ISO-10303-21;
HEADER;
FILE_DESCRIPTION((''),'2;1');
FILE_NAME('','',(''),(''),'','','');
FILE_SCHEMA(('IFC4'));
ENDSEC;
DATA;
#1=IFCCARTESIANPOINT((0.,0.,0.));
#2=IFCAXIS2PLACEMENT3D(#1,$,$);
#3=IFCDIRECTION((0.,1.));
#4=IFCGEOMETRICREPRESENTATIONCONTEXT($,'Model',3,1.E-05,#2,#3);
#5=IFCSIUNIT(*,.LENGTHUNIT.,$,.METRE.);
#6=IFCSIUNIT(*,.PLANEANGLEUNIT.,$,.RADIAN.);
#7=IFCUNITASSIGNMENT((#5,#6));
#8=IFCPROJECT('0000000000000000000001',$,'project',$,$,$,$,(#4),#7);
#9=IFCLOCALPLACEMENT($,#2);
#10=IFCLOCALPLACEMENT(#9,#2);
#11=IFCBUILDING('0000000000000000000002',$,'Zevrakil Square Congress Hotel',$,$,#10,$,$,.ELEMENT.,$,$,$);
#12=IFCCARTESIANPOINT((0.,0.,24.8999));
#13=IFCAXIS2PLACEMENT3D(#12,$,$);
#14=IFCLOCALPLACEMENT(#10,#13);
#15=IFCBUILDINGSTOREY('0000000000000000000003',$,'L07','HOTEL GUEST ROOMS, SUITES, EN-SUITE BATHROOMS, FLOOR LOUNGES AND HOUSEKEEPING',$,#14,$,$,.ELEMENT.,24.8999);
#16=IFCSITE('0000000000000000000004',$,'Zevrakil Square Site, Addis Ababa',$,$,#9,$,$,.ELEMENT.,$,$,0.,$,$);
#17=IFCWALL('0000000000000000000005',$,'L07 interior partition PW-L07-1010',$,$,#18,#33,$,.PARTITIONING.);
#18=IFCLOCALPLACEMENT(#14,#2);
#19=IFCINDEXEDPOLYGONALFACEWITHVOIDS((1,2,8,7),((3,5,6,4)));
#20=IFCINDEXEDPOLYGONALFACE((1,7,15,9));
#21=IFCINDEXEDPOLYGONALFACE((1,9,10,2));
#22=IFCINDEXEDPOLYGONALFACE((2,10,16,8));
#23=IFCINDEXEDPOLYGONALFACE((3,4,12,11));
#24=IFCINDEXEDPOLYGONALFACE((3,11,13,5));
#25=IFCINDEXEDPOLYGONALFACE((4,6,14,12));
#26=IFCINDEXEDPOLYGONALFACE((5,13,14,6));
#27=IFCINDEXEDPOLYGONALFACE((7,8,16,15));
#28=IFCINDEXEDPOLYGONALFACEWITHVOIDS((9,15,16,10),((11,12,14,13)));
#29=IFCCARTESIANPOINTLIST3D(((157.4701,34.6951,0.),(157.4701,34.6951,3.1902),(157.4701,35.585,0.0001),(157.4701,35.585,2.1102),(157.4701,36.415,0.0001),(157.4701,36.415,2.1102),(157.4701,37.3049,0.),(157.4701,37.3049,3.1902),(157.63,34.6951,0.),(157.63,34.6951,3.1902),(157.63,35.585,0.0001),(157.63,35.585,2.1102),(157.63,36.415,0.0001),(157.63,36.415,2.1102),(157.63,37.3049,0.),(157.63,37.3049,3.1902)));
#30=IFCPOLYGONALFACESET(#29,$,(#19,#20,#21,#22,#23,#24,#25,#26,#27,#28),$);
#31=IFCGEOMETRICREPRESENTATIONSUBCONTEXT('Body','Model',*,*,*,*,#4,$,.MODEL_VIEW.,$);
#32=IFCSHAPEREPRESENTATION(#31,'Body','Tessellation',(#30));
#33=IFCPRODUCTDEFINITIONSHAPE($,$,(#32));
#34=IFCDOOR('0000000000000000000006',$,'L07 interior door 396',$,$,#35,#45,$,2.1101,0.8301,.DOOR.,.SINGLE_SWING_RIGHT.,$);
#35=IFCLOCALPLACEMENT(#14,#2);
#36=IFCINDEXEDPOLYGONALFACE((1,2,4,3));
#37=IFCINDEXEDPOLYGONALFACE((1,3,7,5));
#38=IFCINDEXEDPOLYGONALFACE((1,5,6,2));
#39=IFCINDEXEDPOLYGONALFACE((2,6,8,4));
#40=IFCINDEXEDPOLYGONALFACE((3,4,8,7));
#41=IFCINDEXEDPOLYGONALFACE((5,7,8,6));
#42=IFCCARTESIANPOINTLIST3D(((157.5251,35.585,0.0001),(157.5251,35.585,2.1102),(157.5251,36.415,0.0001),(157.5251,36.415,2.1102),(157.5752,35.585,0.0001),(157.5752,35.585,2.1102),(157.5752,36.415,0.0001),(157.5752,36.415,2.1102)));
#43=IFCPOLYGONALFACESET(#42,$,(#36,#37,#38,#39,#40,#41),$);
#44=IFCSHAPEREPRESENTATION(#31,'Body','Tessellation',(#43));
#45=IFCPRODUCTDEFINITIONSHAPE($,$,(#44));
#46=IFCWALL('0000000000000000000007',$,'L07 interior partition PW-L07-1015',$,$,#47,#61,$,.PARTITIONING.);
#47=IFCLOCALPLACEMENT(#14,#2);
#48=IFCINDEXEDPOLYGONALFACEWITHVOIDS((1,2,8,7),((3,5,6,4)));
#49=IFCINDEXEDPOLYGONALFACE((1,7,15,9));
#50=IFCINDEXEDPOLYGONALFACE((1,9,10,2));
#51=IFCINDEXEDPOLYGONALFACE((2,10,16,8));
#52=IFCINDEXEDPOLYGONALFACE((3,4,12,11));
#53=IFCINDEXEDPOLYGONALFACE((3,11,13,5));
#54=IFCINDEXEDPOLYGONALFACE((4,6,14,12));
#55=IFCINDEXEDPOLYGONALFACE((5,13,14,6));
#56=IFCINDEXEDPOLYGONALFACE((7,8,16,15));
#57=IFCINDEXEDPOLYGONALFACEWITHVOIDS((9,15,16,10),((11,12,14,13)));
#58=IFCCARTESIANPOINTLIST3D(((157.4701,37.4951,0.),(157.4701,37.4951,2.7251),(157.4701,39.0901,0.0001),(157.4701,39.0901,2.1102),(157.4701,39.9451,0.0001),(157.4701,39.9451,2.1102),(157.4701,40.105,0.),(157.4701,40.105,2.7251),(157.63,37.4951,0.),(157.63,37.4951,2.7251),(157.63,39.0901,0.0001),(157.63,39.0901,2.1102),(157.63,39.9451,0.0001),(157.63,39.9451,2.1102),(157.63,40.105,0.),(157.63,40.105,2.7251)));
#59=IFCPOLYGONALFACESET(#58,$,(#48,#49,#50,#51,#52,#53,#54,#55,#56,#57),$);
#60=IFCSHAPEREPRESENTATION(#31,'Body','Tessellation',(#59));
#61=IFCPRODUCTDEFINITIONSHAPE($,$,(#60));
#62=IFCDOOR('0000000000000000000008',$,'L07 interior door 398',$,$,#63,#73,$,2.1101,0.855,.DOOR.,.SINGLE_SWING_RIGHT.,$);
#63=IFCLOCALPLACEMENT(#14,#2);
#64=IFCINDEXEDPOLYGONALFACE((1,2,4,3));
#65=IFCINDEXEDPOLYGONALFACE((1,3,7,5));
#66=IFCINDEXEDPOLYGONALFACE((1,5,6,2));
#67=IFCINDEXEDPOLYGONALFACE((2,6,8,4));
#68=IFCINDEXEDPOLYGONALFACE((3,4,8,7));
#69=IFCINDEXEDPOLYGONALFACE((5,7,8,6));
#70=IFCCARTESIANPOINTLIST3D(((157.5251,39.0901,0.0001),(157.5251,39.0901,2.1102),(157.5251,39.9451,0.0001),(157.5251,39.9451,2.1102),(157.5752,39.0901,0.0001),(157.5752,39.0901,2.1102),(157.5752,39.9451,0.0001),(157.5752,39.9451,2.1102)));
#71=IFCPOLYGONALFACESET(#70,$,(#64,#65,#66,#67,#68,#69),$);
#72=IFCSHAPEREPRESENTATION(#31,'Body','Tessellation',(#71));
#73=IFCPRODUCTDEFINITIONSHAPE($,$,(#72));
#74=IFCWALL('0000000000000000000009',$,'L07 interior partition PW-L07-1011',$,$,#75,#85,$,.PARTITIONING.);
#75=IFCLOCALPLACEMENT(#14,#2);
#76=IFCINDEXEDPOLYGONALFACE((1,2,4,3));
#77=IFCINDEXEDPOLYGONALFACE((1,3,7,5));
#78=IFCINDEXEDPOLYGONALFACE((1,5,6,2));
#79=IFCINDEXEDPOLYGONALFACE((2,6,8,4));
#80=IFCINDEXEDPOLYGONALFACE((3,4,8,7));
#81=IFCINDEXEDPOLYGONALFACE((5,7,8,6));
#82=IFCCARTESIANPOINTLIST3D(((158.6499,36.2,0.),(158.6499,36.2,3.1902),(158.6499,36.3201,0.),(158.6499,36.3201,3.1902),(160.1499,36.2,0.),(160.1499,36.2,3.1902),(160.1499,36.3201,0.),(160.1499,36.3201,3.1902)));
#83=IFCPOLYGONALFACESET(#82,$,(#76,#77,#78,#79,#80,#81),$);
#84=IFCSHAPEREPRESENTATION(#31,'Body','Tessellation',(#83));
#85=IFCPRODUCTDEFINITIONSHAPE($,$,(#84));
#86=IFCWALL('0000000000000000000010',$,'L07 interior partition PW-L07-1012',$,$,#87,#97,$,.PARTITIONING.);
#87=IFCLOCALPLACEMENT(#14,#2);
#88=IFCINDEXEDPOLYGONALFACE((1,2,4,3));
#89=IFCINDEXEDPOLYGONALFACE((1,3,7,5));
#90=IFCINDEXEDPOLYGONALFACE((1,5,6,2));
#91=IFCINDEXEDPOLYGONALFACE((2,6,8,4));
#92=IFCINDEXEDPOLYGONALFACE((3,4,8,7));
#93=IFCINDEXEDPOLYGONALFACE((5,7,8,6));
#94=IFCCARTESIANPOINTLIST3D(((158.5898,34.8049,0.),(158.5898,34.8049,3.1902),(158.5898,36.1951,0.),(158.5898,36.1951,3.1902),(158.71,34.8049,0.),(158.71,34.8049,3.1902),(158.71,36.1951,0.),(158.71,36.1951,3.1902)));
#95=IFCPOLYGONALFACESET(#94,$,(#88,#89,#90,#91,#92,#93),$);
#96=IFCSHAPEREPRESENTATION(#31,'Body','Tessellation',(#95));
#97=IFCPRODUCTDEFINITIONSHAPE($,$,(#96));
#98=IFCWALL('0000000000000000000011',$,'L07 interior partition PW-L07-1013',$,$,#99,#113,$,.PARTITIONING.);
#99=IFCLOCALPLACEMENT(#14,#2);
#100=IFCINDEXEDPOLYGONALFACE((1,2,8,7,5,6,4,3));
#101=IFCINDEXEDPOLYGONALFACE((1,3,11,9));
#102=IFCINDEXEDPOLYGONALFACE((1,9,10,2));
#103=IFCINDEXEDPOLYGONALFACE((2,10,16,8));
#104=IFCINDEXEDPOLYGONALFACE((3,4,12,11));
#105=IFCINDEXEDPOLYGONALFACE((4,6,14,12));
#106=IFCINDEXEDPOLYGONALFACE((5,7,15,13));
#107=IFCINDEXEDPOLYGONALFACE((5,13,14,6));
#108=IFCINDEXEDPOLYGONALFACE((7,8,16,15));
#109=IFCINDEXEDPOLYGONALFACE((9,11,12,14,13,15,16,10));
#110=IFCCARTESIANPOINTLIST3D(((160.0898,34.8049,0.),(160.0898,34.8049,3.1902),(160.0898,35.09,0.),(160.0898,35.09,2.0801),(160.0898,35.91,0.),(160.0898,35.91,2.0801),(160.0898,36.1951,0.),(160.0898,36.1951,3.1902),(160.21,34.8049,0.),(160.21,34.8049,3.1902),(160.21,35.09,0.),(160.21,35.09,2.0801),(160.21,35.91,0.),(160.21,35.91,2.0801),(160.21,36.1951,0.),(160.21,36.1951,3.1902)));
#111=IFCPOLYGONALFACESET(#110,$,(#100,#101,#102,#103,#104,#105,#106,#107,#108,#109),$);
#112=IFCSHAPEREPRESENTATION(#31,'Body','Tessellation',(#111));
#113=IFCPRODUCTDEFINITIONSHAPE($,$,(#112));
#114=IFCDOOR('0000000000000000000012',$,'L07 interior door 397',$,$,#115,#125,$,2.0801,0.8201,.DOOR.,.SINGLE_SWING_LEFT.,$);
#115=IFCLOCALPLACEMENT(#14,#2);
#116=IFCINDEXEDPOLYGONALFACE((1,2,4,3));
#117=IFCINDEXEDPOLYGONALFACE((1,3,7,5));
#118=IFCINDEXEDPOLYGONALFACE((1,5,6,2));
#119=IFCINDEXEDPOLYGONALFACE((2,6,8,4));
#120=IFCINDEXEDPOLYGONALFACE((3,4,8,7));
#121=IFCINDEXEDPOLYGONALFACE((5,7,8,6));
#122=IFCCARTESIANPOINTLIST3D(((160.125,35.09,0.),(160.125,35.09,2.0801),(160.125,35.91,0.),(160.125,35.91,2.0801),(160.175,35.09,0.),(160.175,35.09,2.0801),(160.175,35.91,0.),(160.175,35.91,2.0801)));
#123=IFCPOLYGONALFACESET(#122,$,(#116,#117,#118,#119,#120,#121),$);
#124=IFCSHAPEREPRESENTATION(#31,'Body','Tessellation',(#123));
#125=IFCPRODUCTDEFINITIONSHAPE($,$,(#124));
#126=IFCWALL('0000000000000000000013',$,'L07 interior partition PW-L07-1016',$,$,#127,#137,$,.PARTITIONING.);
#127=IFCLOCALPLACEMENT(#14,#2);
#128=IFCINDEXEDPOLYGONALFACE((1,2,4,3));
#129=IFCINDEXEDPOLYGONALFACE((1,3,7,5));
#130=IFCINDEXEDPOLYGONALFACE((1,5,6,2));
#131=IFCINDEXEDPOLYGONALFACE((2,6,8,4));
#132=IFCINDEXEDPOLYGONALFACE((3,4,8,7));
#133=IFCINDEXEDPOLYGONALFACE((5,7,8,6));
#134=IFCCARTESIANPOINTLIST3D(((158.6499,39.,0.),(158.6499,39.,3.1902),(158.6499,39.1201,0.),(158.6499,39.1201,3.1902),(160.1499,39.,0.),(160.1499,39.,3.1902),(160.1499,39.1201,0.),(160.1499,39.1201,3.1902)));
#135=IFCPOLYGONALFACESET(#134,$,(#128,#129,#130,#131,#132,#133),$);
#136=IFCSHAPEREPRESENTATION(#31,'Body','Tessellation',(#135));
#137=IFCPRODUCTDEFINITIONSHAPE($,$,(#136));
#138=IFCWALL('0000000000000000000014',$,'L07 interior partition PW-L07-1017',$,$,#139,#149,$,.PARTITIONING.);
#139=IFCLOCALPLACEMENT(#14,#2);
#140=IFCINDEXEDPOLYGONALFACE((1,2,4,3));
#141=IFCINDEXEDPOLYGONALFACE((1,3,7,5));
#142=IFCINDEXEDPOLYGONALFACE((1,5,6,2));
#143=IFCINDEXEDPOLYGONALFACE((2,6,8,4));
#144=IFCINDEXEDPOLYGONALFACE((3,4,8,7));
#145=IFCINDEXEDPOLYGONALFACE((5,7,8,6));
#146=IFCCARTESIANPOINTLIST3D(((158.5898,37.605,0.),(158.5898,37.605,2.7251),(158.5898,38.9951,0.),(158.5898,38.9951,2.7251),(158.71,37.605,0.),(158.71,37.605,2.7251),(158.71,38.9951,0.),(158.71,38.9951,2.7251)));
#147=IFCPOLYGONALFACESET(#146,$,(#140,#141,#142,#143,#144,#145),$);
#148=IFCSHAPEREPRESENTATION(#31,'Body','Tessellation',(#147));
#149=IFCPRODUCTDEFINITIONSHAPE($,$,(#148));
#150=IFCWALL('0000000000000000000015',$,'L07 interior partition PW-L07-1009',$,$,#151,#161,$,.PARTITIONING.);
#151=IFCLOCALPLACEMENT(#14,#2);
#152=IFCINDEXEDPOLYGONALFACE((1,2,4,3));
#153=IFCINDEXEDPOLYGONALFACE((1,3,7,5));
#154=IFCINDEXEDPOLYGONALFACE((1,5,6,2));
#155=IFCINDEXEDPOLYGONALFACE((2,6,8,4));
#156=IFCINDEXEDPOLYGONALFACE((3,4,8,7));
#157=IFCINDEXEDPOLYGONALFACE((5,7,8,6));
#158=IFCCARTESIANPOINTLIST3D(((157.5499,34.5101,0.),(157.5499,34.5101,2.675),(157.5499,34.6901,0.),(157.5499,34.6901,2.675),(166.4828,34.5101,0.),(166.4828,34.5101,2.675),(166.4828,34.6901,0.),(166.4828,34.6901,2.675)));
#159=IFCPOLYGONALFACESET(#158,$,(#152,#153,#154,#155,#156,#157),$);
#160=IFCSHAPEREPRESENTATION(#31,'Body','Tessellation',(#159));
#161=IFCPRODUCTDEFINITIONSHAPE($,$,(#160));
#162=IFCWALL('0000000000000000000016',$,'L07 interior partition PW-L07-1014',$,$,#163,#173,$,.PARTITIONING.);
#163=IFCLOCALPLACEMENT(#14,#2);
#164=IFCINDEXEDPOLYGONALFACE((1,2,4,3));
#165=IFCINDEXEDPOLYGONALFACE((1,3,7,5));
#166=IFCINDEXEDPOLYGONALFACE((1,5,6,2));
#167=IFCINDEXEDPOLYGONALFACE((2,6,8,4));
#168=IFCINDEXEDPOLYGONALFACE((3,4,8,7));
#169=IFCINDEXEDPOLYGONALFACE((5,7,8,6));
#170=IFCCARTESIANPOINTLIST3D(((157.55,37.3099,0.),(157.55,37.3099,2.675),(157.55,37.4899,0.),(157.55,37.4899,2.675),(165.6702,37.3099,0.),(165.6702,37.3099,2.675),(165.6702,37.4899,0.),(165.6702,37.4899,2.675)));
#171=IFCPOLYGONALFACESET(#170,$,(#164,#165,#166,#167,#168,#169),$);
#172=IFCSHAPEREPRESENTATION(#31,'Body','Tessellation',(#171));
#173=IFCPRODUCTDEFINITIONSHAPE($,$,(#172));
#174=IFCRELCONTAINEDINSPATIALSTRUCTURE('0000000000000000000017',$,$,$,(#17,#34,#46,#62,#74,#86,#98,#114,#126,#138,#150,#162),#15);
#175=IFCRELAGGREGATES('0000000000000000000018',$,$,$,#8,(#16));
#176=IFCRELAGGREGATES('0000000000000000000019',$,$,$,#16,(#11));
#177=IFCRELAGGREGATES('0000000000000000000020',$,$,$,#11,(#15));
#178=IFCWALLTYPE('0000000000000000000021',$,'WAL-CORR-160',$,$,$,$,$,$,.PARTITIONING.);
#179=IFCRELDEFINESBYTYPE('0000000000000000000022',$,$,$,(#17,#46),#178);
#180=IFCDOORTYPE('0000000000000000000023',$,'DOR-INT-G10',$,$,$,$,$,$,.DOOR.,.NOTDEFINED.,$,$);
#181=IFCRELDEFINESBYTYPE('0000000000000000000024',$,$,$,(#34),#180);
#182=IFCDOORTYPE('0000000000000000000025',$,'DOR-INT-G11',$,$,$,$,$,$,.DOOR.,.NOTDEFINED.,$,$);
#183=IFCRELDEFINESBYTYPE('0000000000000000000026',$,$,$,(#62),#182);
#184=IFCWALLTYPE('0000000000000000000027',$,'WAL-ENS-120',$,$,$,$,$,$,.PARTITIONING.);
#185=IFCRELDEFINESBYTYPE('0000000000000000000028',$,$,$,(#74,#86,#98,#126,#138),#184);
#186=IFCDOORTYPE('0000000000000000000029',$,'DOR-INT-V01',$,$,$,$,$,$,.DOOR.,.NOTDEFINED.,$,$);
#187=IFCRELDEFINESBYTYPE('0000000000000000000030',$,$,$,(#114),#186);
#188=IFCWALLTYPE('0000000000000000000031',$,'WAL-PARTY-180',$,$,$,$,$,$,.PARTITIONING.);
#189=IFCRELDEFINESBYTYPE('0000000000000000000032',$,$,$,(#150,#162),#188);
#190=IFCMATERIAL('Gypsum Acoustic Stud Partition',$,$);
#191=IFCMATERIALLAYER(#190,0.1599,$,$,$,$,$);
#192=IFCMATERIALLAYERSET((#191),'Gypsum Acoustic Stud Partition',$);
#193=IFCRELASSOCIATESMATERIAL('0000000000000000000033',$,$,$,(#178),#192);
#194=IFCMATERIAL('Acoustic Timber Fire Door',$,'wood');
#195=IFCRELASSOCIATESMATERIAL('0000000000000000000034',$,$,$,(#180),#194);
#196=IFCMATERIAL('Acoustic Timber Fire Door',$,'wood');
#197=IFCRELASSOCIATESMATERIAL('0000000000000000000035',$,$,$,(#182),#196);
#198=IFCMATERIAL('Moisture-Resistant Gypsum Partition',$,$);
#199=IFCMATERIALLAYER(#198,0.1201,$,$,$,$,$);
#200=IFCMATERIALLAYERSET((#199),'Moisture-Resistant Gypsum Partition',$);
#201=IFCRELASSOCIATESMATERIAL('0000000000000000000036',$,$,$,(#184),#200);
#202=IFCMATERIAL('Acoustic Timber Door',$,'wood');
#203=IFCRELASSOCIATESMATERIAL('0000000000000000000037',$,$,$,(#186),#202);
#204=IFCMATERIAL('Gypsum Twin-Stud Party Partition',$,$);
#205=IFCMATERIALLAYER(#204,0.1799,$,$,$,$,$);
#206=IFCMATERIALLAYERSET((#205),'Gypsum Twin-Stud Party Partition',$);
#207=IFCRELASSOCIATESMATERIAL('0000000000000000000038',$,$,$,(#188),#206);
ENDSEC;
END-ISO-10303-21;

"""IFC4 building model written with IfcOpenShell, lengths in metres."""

from ifc_helpers import new_model, si_unit, direction, frame, frame_2d, origin, place, context, subcontext, project, spatial, rectangle, extrude, material, layer, layer_set, type_object, element, fill, save


model = new_model("IFC4")

# Units and contexts
model_context = context("Model", 3, precision=1e-05, world=origin(), true_north=direction((0.0, 1.0)))
body_context = subcontext(model_context, "Body", "Model", "MODEL_VIEW")
ifc_project = project(units=[si_unit("LENGTHUNIT", "METRE"), si_unit("PLANEANGLEUNIT", "RADIAN")], contexts=[model_context])

# Site, building, storey
site_placement = place(None, origin())
site = spatial("IfcSite", under=ifc_project, at=site_placement, Name="Zevrakil Square Site, Addis Ababa", CompositionType="ELEMENT", RefElevation=0.0)
building_placement = place(site_placement, origin())
building = spatial("IfcBuilding", under=site, at=building_placement, Name="Zevrakil Square Congress Hotel", CompositionType="ELEMENT")
storey_placement = place(building_placement, frame((0.0, 0.0, 24.8999)))
storey = spatial("IfcBuildingStorey", under=building, at=storey_placement, Name="L07", Description="HOTEL GUEST ROOMS, SUITES, EN-SUITE BATHROOMS, FLOOR LOUNGES AND HOUSEKEEPING", CompositionType="ELEMENT", Elevation=24.8999)

# Walls, openings, doors
ifc_material_1 = material(Name="Gypsum Acoustic Stud Partition")
ifc_layer_1 = layer(ifc_material_1, 0.1599)
ifc_layer_set_1 = layer_set([ifc_layer_1], Name="Gypsum Acoustic Stud Partition")
wall_type_1 = type_object("IfcWallType", Name="WAL-CORR-160", PredefinedType="PARTITIONING", material=ifc_layer_set_1)
wall_1_placement = place(storey_placement, frame((157.55, 34.6951, 0.0), z_axis=(0.0, 0.0, 1.0), x_axis=(0.0, 1.0, 0.0)))
wall_1 = element("IfcWall", 1, at=wall_1_placement, inside=storey, type_object=wall_type_1, Name="L07 interior partition PW-L07-1010", PredefinedType="PARTITIONING", context=body_context, shape_type="SweptSolid", body=[
    extrude(rectangle(XDim=2.6099, YDim=0.1599, at=frame_2d((1.3049, 0.0))), origin(), (0.0, 0.0, 1.0), 3.1902),
])
opening_1_placement = place(wall_1_placement, frame((0.8899, 0.0, 0.0)))
opening_1 = element("IfcOpeningElement", 2, at=opening_1_placement, cuts=wall_1, PredefinedType="OPENING", context=body_context, shape_type="SweptSolid", body=[
    extrude(rectangle(XDim=0.8301, YDim=2.1101, at=frame_2d((0.415, 1.0552))), frame((0.0, 0.0898, 0.0), z_axis=(0.0, -1.0, 0.0), x_axis=(1.0, 0.0, 0.0)), (0.0, 0.0, 1.0), 0.1799),
])
ifc_material_2 = material(Name="Acoustic Timber Fire Door", Category="wood")
door_type_1 = type_object("IfcDoorType", Name="DOR-INT-G10", OperationType="NOTDEFINED", PredefinedType="DOOR", material=ifc_material_2)
door_1_placement = place(opening_1_placement, origin())
door_1 = element("IfcDoor", 3, at=door_1_placement, inside=storey, type_object=door_type_1, Name="L07 interior door 396", OperationType="SINGLE_SWING_RIGHT", OverallHeight=2.1101, OverallWidth=0.8301, PredefinedType="DOOR", context=body_context, shape_type="SweptSolid", body=[
    extrude(rectangle(XDim=0.8301, YDim=2.1101, at=frame_2d((0.415, 1.0552))), frame((0.0, 0.0249, 0.0), z_axis=(0.0, -1.0, 0.0), x_axis=(1.0, 0.0, 0.0)), (0.0, 0.0, 1.0), 0.05),
])
fill(opening_1, door_1)
wall_2_placement = place(storey_placement, frame((157.55, 37.4951, 0.0), z_axis=(0.0, 0.0, 1.0), x_axis=(0.0, 1.0, 0.0)))
wall_2 = element("IfcWall", 4, at=wall_2_placement, inside=storey, type_object=wall_type_1, Name="L07 interior partition PW-L07-1015", PredefinedType="PARTITIONING", context=body_context, shape_type="SweptSolid", body=[
    extrude(rectangle(XDim=2.6099, YDim=0.1599, at=frame_2d((1.3049, 0.0))), origin(), (0.0, 0.0, 1.0), 2.7251),
])
opening_2_placement = place(wall_2_placement, frame((1.595, 0.0, 0.0)))
opening_2 = element("IfcOpeningElement", 5, at=opening_2_placement, cuts=wall_2, PredefinedType="OPENING", context=body_context, shape_type="SweptSolid", body=[
    extrude(rectangle(XDim=0.855, YDim=2.1101, at=frame_2d((0.4275, 1.0552))), frame((0.0, 0.0898, 0.0), z_axis=(0.0, -1.0, 0.0), x_axis=(1.0, 0.0, 0.0)), (0.0, 0.0, 1.0), 0.1799),
])
ifc_material_3 = material(Name="Acoustic Timber Fire Door", Category="wood")
door_type_2 = type_object("IfcDoorType", Name="DOR-INT-G11", OperationType="NOTDEFINED", PredefinedType="DOOR", material=ifc_material_3)
door_2_placement = place(opening_2_placement, origin())
door_2 = element("IfcDoor", 6, at=door_2_placement, inside=storey, type_object=door_type_2, Name="L07 interior door 398", OperationType="SINGLE_SWING_RIGHT", OverallHeight=2.1101, OverallWidth=0.855, PredefinedType="DOOR", context=body_context, shape_type="SweptSolid", body=[
    extrude(rectangle(XDim=0.855, YDim=2.1101, at=frame_2d((0.4275, 1.0552))), frame((0.0, 0.0249, 0.0), z_axis=(0.0, -1.0, 0.0), x_axis=(1.0, 0.0, 0.0)), (0.0, 0.0, 1.0), 0.05),
])
fill(opening_2, door_2)

# Walls
ifc_material_4 = material(Name="Moisture-Resistant Gypsum Partition")
ifc_layer_2 = layer(ifc_material_4, 0.1201)
ifc_layer_set_2 = layer_set([ifc_layer_2], Name="Moisture-Resistant Gypsum Partition")
wall_type_2 = type_object("IfcWallType", Name="WAL-ENS-120", PredefinedType="PARTITIONING", material=ifc_layer_set_2)
wall_3_placement = place(storey_placement, frame((158.6499, 36.26, 0.0), z_axis=(0.0, 0.0, 1.0), x_axis=(1.0, 0.0, 0.0)))
element("IfcWall", 7, at=wall_3_placement, inside=storey, type_object=wall_type_2, Name="L07 interior partition PW-L07-1011", PredefinedType="PARTITIONING", context=body_context, shape_type="SweptSolid", body=[
    extrude(rectangle(XDim=1.5, YDim=0.1201, at=frame_2d((0.75, 0.0))), origin(), (0.0, 0.0, 1.0), 3.1902),
])
wall_4_placement = place(storey_placement, frame((158.6499, 34.8049, 0.0), z_axis=(0.0, 0.0, 1.0), x_axis=(0.0, 1.0, 0.0)))
element("IfcWall", 8, at=wall_4_placement, inside=storey, type_object=wall_type_2, Name="L07 interior partition PW-L07-1012", PredefinedType="PARTITIONING", context=body_context, shape_type="SweptSolid", body=[
    extrude(rectangle(XDim=1.3901, YDim=0.1201, at=frame_2d((0.6951, 0.0))), origin(), (0.0, 0.0, 1.0), 3.1902),
])

# Wall, opening, door
wall_5_placement = place(storey_placement, frame((160.1499, 34.8049, 0.0), z_axis=(0.0, 0.0, 1.0), x_axis=(0.0, 1.0, 0.0)))
wall_5 = element("IfcWall", 9, at=wall_5_placement, inside=storey, type_object=wall_type_2, Name="L07 interior partition PW-L07-1013", PredefinedType="PARTITIONING", context=body_context, shape_type="SweptSolid", body=[
    extrude(rectangle(XDim=1.3901, YDim=0.1201, at=frame_2d((0.6951, 0.0))), origin(), (0.0, 0.0, 1.0), 3.1902),
])
opening_3_placement = place(wall_5_placement, frame((0.2849, 0.0, 0.0)))
opening_3 = element("IfcOpeningElement", 10, at=opening_3_placement, cuts=wall_5, PredefinedType="OPENING", context=body_context, shape_type="SweptSolid", body=[
    extrude(rectangle(XDim=0.8201, YDim=2.0801, at=frame_2d((0.4102, 1.04))), frame((0.0, 0.0701, 0.0), z_axis=(0.0, -1.0, 0.0), x_axis=(1.0, 0.0, 0.0)), (0.0, 0.0, 1.0), 0.1401),
])
ifc_material_5 = material(Name="Acoustic Timber Door", Category="wood")
door_type_3 = type_object("IfcDoorType", Name="DOR-INT-V01", OperationType="NOTDEFINED", PredefinedType="DOOR", material=ifc_material_5)
door_3_placement = place(opening_3_placement, origin())
door_3 = element("IfcDoor", 11, at=door_3_placement, inside=storey, type_object=door_type_3, Name="L07 interior door 397", OperationType="SINGLE_SWING_LEFT", OverallHeight=2.0801, OverallWidth=0.8201, PredefinedType="DOOR", context=body_context, shape_type="SweptSolid", body=[
    extrude(rectangle(XDim=0.8201, YDim=2.0801, at=frame_2d((0.4102, 1.04))), frame((0.0, 0.0249, 0.0), z_axis=(0.0, -1.0, 0.0), x_axis=(1.0, 0.0, 0.0)), (0.0, 0.0, 1.0), 0.05),
])
fill(opening_3, door_3)

# Walls
wall_6_placement = place(storey_placement, frame((158.6499, 39.0601, 0.0), z_axis=(0.0, 0.0, 1.0), x_axis=(1.0, 0.0, 0.0)))
element("IfcWall", 12, at=wall_6_placement, inside=storey, type_object=wall_type_2, Name="L07 interior partition PW-L07-1016", PredefinedType="PARTITIONING", context=body_context, shape_type="SweptSolid", body=[
    extrude(rectangle(XDim=1.5, YDim=0.1201, at=frame_2d((0.75, 0.0))), origin(), (0.0, 0.0, 1.0), 3.1902),
])
wall_7_placement = place(storey_placement, frame((158.6499, 37.605, 0.0), z_axis=(0.0, 0.0, 1.0), x_axis=(0.0, 1.0, 0.0)))
element("IfcWall", 13, at=wall_7_placement, inside=storey, type_object=wall_type_2, Name="L07 interior partition PW-L07-1017", PredefinedType="PARTITIONING", context=body_context, shape_type="SweptSolid", body=[
    extrude(rectangle(XDim=1.3901, YDim=0.1201, at=frame_2d((0.6951, 0.0))), origin(), (0.0, 0.0, 1.0), 2.7251),
])
ifc_material_6 = material(Name="Gypsum Twin-Stud Party Partition")
ifc_layer_3 = layer(ifc_material_6, 0.1799)
ifc_layer_set_3 = layer_set([ifc_layer_3], Name="Gypsum Twin-Stud Party Partition")
wall_type_3 = type_object("IfcWallType", Name="WAL-PARTY-180", PredefinedType="PARTITIONING", material=ifc_layer_set_3)
wall_8_placement = place(storey_placement, frame((157.55, 34.6001, 0.0), z_axis=(0.0, 0.0, 1.0), x_axis=(1.0, 0.0, 0.0)))
element("IfcWall", 14, at=wall_8_placement, inside=storey, type_object=wall_type_3, Name="L07 interior partition PW-L07-1009", PredefinedType="PARTITIONING", context=body_context, shape_type="SweptSolid", body=[
    extrude(rectangle(XDim=8.9329, YDim=0.1799, at=frame_2d((4.4663, 0.0))), origin(), (0.0, 0.0, 1.0), 2.675),
])
wall_9_placement = place(storey_placement, frame((157.55, 37.3999, 0.0), z_axis=(0.0, 0.0, 1.0), x_axis=(1.0, 0.0, 0.0)))
element("IfcWall", 15, at=wall_9_placement, inside=storey, type_object=wall_type_3, Name="L07 interior partition PW-L07-1014", PredefinedType="PARTITIONING", context=body_context, shape_type="SweptSolid", body=[
    extrude(rectangle(XDim=8.1201, YDim=0.1799, at=frame_2d((4.0601, 0.0))), origin(), (0.0, 0.0, 1.0), 2.675),
])

save(model, "model.ifc")
